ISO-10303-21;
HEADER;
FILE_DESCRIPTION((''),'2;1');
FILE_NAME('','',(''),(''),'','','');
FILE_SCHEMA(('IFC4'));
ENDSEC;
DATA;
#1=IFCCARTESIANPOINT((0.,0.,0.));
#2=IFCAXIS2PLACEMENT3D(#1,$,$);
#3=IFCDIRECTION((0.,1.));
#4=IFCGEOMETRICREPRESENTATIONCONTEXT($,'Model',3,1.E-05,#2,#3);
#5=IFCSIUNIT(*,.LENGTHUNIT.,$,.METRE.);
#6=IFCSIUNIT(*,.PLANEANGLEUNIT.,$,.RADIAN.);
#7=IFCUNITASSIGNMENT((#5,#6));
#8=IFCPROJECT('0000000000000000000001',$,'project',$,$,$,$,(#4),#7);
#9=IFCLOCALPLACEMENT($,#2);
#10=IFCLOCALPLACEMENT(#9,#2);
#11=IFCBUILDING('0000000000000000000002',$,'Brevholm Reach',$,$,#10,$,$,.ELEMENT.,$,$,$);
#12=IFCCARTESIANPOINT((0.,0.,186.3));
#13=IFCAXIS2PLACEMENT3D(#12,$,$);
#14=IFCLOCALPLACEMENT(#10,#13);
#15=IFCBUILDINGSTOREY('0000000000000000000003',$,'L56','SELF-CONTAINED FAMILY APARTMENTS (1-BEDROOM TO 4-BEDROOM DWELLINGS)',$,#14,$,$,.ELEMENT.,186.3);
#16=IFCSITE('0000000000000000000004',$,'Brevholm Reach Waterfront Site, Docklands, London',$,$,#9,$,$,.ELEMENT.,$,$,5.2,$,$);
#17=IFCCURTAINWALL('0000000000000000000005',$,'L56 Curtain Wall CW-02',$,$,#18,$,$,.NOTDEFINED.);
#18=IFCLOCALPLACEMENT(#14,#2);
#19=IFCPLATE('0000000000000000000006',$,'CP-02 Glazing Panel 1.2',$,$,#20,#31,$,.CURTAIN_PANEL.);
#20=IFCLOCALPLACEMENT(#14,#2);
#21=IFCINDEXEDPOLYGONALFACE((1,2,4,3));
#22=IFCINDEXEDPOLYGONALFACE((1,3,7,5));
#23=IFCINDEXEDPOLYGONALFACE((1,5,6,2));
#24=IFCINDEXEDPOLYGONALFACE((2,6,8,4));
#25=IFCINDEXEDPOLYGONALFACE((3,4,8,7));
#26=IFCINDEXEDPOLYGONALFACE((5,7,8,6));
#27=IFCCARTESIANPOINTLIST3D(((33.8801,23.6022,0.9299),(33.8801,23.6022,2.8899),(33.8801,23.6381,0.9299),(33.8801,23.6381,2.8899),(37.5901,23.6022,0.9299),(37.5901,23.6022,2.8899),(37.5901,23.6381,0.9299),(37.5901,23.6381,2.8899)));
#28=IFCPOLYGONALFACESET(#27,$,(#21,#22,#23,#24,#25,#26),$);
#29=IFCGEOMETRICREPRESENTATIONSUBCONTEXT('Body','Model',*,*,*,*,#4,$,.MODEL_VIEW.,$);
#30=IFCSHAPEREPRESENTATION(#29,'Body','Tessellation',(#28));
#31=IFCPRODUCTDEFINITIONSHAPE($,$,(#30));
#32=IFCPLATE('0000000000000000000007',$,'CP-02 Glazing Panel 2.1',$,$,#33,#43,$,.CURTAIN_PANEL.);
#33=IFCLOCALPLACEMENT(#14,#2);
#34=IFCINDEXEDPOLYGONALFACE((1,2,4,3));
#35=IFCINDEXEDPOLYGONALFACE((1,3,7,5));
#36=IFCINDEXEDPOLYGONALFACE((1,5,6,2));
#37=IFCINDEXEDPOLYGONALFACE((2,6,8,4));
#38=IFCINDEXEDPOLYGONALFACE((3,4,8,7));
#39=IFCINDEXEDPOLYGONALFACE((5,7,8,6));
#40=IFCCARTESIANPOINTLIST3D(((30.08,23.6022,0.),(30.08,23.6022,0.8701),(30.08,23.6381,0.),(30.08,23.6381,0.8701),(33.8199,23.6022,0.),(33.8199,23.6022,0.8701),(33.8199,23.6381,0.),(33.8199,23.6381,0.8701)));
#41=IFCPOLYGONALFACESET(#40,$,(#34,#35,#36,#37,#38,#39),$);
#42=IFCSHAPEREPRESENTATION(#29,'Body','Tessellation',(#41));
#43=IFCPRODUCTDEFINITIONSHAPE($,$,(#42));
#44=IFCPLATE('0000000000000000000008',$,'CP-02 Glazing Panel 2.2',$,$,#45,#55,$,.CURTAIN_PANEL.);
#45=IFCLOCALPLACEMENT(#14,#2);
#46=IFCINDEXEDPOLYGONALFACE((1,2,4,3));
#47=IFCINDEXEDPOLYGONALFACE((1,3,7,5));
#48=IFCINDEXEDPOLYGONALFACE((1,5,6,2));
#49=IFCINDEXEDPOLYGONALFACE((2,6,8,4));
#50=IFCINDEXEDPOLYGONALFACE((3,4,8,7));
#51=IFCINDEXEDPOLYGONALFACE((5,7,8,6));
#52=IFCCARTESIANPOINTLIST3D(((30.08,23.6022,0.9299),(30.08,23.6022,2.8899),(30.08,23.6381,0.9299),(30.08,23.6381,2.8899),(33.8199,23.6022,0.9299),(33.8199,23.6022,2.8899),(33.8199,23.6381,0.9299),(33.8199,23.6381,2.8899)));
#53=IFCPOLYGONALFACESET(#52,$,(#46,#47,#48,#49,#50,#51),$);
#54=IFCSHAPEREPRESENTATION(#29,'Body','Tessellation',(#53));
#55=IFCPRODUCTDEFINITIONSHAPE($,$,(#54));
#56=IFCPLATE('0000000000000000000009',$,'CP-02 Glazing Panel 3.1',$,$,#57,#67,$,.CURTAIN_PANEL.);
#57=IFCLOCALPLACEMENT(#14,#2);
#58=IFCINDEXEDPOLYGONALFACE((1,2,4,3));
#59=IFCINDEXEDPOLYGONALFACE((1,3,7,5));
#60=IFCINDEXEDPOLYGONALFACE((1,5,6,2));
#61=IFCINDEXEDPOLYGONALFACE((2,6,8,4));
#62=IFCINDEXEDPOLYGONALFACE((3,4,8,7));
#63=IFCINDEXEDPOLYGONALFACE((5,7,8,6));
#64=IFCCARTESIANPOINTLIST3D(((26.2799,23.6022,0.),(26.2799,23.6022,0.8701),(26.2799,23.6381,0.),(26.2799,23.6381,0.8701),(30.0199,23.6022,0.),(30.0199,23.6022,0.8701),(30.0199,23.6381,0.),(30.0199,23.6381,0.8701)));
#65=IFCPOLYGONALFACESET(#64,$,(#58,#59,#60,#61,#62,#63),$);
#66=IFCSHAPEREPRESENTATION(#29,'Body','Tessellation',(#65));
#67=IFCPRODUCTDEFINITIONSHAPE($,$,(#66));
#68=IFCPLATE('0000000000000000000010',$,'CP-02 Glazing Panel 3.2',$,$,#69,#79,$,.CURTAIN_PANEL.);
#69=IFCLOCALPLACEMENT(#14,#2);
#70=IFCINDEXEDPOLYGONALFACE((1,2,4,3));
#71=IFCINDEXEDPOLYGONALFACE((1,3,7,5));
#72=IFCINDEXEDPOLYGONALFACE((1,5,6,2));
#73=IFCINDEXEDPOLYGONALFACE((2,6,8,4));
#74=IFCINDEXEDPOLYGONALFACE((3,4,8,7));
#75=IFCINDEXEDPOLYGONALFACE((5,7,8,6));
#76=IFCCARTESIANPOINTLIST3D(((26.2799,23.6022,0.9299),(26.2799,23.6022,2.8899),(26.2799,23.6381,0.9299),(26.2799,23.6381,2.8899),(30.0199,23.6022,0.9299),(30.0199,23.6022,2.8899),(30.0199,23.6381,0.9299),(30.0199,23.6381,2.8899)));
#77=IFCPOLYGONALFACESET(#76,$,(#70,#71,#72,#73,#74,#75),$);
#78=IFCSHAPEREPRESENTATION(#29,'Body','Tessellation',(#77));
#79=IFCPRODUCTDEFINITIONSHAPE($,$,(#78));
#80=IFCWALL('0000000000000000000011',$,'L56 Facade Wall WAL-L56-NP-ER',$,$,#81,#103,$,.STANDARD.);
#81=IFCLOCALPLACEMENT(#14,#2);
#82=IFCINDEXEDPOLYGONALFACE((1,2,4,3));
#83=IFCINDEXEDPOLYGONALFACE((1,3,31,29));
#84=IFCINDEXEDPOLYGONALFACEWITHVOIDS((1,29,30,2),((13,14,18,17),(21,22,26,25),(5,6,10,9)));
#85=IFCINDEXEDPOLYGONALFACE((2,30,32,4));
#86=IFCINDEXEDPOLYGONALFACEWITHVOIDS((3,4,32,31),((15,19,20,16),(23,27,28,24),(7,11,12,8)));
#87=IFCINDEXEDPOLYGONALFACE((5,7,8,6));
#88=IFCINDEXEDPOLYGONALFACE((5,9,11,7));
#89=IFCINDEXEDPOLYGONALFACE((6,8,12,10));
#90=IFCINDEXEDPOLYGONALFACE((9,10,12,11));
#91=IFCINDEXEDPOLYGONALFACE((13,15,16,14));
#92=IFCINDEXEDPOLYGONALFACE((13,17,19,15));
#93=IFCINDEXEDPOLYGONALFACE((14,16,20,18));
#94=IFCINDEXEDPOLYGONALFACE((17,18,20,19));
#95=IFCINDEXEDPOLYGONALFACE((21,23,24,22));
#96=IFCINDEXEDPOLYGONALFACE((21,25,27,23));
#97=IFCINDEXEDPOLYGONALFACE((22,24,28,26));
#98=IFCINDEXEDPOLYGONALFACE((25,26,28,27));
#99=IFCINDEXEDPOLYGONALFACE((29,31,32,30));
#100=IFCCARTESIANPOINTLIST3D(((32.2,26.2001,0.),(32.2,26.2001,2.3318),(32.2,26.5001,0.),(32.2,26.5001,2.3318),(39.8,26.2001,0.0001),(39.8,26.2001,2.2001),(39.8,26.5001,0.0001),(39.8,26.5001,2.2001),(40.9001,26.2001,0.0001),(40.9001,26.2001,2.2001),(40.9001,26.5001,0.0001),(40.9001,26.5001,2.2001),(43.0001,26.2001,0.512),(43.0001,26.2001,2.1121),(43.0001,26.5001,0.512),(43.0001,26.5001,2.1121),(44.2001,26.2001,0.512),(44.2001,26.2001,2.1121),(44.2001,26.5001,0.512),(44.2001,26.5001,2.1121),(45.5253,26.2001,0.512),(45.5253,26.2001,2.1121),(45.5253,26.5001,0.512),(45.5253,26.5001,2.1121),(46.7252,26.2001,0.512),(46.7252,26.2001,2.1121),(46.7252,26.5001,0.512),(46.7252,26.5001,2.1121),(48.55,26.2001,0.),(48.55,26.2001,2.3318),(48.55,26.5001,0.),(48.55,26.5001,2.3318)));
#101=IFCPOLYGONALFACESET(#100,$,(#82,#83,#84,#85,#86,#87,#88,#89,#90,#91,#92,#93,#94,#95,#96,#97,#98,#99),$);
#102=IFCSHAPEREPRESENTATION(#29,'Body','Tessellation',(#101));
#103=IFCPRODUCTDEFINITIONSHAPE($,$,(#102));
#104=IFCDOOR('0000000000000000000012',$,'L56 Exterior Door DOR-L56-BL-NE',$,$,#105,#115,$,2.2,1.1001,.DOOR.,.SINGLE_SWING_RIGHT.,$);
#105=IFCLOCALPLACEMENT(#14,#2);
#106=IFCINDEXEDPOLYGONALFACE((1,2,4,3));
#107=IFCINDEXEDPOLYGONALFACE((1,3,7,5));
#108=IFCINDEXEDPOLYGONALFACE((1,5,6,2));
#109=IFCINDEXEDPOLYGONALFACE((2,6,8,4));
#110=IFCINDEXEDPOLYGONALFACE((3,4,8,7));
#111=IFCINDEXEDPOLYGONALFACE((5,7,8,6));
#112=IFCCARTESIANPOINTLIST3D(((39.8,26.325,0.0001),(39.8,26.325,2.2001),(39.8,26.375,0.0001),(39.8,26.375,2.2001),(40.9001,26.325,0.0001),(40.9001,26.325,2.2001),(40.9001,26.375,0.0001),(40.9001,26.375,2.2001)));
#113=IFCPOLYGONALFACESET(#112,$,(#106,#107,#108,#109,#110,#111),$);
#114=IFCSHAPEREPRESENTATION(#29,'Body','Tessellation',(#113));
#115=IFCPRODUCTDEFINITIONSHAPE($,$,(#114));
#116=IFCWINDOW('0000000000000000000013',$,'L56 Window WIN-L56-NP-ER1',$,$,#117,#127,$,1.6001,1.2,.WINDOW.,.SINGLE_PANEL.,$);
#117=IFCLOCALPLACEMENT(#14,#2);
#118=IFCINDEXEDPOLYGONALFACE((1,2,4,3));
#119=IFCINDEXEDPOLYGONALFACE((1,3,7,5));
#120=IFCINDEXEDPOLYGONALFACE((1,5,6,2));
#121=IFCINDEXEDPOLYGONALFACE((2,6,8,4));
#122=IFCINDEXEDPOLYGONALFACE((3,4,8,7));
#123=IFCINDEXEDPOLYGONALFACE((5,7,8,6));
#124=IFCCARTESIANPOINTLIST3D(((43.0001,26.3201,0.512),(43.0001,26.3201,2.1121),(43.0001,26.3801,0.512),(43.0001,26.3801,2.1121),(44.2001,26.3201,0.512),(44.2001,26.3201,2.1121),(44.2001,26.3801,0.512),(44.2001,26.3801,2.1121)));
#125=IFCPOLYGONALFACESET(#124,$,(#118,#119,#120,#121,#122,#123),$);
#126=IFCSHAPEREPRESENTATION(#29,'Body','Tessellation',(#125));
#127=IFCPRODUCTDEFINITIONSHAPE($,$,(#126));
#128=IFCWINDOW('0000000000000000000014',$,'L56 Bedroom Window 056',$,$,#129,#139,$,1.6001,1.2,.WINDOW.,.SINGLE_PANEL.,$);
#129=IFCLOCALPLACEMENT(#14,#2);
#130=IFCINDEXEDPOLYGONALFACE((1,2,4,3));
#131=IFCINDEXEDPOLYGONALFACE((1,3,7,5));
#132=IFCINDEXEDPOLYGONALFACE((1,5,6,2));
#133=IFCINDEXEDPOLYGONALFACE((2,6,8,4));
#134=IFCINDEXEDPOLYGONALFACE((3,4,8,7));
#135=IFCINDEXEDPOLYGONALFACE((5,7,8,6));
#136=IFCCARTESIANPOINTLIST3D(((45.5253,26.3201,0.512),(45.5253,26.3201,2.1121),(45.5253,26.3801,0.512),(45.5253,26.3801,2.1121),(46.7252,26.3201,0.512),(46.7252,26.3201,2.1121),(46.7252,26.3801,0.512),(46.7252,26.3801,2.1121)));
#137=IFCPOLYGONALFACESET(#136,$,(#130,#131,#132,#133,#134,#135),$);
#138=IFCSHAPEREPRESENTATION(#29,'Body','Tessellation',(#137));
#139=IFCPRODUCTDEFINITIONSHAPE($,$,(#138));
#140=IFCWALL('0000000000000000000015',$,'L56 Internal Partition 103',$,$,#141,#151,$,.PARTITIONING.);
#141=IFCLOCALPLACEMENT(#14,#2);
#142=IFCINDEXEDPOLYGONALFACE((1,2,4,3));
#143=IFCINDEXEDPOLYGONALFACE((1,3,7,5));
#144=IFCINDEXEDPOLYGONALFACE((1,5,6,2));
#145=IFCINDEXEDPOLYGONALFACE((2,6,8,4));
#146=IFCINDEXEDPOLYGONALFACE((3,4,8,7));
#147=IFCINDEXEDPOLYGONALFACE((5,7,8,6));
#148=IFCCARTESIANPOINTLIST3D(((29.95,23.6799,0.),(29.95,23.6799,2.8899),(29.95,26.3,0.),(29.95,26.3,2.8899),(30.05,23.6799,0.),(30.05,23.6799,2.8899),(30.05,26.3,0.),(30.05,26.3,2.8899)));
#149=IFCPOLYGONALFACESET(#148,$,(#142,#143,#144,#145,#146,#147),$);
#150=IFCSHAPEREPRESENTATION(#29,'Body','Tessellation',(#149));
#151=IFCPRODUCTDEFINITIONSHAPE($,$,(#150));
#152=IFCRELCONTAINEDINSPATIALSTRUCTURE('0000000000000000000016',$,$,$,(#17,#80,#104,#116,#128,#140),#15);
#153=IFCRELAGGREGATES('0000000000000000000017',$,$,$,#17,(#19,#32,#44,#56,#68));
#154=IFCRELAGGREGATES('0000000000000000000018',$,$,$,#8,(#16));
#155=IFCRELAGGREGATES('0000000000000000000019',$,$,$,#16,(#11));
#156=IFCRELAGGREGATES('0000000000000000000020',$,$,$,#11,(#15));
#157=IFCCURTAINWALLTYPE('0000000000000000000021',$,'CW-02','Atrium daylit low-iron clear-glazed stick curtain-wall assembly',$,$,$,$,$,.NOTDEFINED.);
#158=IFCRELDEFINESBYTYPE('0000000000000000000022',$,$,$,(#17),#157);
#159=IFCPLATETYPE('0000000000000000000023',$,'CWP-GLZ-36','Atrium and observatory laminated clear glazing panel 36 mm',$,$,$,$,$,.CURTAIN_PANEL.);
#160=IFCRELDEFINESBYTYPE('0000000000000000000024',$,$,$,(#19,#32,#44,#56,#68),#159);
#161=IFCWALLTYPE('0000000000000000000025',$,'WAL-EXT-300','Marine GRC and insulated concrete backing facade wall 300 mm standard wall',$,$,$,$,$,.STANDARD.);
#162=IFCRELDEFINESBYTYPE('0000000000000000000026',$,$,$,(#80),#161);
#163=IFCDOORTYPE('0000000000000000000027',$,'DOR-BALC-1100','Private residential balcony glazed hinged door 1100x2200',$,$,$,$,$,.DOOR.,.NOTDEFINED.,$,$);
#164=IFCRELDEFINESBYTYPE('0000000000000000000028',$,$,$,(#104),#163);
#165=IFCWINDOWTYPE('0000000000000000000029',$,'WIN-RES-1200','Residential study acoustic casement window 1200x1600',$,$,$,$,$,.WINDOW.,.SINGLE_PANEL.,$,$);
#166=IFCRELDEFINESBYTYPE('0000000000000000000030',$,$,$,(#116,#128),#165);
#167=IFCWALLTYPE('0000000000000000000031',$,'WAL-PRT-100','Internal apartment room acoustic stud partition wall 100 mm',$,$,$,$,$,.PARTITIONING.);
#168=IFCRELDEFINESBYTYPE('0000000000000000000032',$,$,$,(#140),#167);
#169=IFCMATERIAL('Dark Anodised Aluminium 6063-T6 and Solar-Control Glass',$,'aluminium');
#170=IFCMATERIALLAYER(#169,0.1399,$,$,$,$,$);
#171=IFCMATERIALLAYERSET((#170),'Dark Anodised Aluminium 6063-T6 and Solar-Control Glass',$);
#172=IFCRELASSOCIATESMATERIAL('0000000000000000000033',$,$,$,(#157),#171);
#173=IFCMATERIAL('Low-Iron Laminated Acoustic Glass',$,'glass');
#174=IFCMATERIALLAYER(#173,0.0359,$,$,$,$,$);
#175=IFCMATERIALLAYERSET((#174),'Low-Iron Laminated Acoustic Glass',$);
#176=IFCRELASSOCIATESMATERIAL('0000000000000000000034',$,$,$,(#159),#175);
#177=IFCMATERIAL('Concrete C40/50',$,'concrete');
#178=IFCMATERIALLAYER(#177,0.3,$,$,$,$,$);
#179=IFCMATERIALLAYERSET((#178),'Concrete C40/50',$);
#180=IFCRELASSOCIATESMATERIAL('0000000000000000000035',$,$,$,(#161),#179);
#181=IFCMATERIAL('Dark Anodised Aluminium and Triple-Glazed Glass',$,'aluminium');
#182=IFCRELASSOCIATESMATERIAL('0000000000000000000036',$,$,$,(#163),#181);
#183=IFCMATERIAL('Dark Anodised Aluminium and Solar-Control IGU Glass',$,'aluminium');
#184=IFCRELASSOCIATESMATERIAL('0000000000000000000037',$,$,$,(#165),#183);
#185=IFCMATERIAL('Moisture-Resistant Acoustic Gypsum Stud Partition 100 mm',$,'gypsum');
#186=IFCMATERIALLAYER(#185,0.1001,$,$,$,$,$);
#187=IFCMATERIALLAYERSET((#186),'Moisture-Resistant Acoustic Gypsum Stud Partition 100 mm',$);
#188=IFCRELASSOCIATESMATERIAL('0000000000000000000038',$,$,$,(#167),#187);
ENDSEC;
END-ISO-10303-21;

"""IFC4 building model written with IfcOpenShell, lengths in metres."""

from ifc_helpers import new_model, si_unit, direction, frame, frame_2d, origin, origin_2d, place, context, subcontext, project, spatial, rectangle, extrude, material, layer, layer_set, type_object, element, fill, aggregate, save


model = new_model("IFC4")

# Units and contexts
model_context = context("Model", 3, precision=1e-05, world=origin(), true_north=direction((0.0, 1.0)))
body_context = subcontext(model_context, "Body", "Model", "MODEL_VIEW")
ifc_project = project(units=[si_unit("LENGTHUNIT", "METRE"), si_unit("PLANEANGLEUNIT", "RADIAN")], contexts=[model_context])

# Site, building, storey
site_placement = place(None, origin())
site = spatial("IfcSite", under=ifc_project, at=site_placement, Name="Brevholm Reach Waterfront Site, Docklands, London", CompositionType="ELEMENT", RefElevation=5.2)
building_placement = place(site_placement, origin())
building = spatial("IfcBuilding", under=site, at=building_placement, Name="Brevholm Reach", CompositionType="ELEMENT")
storey_placement = place(building_placement, frame((0.0, 0.0, 186.3)))
storey = spatial("IfcBuildingStorey", under=building, at=storey_placement, Name="L56", Description="SELF-CONTAINED FAMILY APARTMENTS (1-BEDROOM TO 4-BEDROOM DWELLINGS)", CompositionType="ELEMENT", Elevation=186.3)

# Curtain wall
ifc_material_1 = material(Name="Dark Anodised Aluminium 6063-T6 and Solar-Control Glass", Category="aluminium")
ifc_layer_1 = layer(ifc_material_1, 0.1399)
ifc_layer_set_1 = layer_set([ifc_layer_1], Name="Dark Anodised Aluminium 6063-T6 and Solar-Control Glass")
curtain_wall_type_1 = type_object("IfcCurtainWallType", Name="CW-02", Description="Atrium daylit low-iron clear-glazed stick curtain-wall assembly", PredefinedType="NOTDEFINED", material=ifc_layer_set_1)
curtain_wall_1_placement = place(storey_placement, origin())
curtain_wall_1 = element("IfcCurtainWall", 1, at=curtain_wall_1_placement, inside=storey, type_object=curtain_wall_type_1, Name="L56 Curtain Wall CW-02", PredefinedType="NOTDEFINED")

# Plates
ifc_material_2 = material(Name="Low-Iron Laminated Acoustic Glass", Category="glass")
ifc_layer_2 = layer(ifc_material_2, 0.0359)
ifc_layer_set_2 = layer_set([ifc_layer_2], Name="Low-Iron Laminated Acoustic Glass")
plate_type_1 = type_object("IfcPlateType", Name="CWP-GLZ-36", Description="Atrium and observatory laminated clear glazing panel 36 mm", PredefinedType="CURTAIN_PANEL", material=ifc_layer_set_2)
plate_1_placement = place(storey_placement, frame((35.7351, 23.6201, 0.9299), z_axis=(0.0, 0.0, 1.0), x_axis=(-1.0, 0.0, 0.0)))
plate_1 = element("IfcPlate", 2, at=plate_1_placement, type_object=plate_type_1, Name="CP-02 Glazing Panel 1.2", PredefinedType="CURTAIN_PANEL", context=body_context, shape_type="SweptSolid", body=[
    extrude(rectangle(XDim=3.71, YDim=0.0359, at=origin_2d()), origin(), (0.0, 0.0, 1.0), 1.96),
])
plate_2_placement = place(storey_placement, frame((31.95, 23.6201, 0.0), z_axis=(0.0, 0.0, 1.0), x_axis=(-1.0, 0.0, 0.0)))
plate_2 = element("IfcPlate", 3, at=plate_2_placement, type_object=plate_type_1, Name="CP-02 Glazing Panel 2.1", PredefinedType="CURTAIN_PANEL", context=body_context, shape_type="SweptSolid", body=[
    extrude(rectangle(XDim=3.74, YDim=0.0359, at=origin_2d()), origin(), (0.0, 0.0, 1.0), 0.8701),
])
plate_3_placement = place(storey_placement, frame((31.95, 23.6201, 0.9299), z_axis=(0.0, 0.0, 1.0), x_axis=(-1.0, 0.0, 0.0)))
plate_3 = element("IfcPlate", 4, at=plate_3_placement, type_object=plate_type_1, Name="CP-02 Glazing Panel 2.2", PredefinedType="CURTAIN_PANEL", context=body_context, shape_type="SweptSolid", body=[
    extrude(rectangle(XDim=3.74, YDim=0.0359, at=origin_2d()), origin(), (0.0, 0.0, 1.0), 1.96),
])
plate_4_placement = place(storey_placement, frame((28.1499, 23.6201, 0.0), z_axis=(0.0, 0.0, 1.0), x_axis=(-1.0, 0.0, 0.0)))
plate_4 = element("IfcPlate", 5, at=plate_4_placement, type_object=plate_type_1, Name="CP-02 Glazing Panel 3.1", PredefinedType="CURTAIN_PANEL", context=body_context, shape_type="SweptSolid", body=[
    extrude(rectangle(XDim=3.74, YDim=0.0359, at=origin_2d()), origin(), (0.0, 0.0, 1.0), 0.8701),
])
plate_5_placement = place(storey_placement, frame((28.1499, 23.6201, 0.9299), z_axis=(0.0, 0.0, 1.0), x_axis=(-1.0, 0.0, 0.0)))
plate_5 = element("IfcPlate", 6, at=plate_5_placement, type_object=plate_type_1, Name="CP-02 Glazing Panel 3.2", PredefinedType="CURTAIN_PANEL", context=body_context, shape_type="SweptSolid", body=[
    extrude(rectangle(XDim=3.74, YDim=0.0359, at=origin_2d()), origin(), (0.0, 0.0, 1.0), 1.96),
])
aggregate(curtain_wall_1, [plate_1, plate_2, plate_3, plate_4, plate_5])

# Wall, openings, door, windows
ifc_material_3 = material(Name="Concrete C40/50", Category="concrete")
ifc_layer_3 = layer(ifc_material_3, 0.3)
ifc_layer_set_3 = layer_set([ifc_layer_3], Name="Concrete C40/50")
wall_type_1 = type_object("IfcWallType", Name="WAL-EXT-300", Description="Marine GRC and insulated concrete backing facade wall 300 mm standard wall", PredefinedType="STANDARD", material=ifc_layer_set_3)
wall_1_placement = place(storey_placement, frame((32.2, 26.3501, 0.0), z_axis=(0.0, 0.0, 1.0), x_axis=(1.0, 0.0, 0.0)))
wall_1 = element("IfcWall", 7, at=wall_1_placement, inside=storey, type_object=wall_type_1, Name="L56 Facade Wall WAL-L56-NP-ER", PredefinedType="STANDARD", context=body_context, shape_type="SweptSolid", body=[
    extrude(rectangle(XDim=16.3501, YDim=0.3, at=frame_2d((8.175, 0.0))), origin(), (0.0, 0.0, 1.0), 2.3318),
])
opening_1_placement = place(wall_1_placement, frame((7.6001, 0.0, 0.0)))
opening_1 = element("IfcOpeningElement", 8, at=opening_1_placement, cuts=wall_1, PredefinedType="OPENING", context=body_context, shape_type="SweptSolid", body=[
    extrude(rectangle(XDim=1.1001, YDim=2.2, at=frame_2d((0.55, 1.1001))), frame((0.0, 0.1599, 0.0), z_axis=(0.0, -1.0, 0.0), x_axis=(1.0, 0.0, 0.0)), (0.0, 0.0, 1.0), 0.3201),
])
opening_2_placement = place(wall_1_placement, frame((10.8, 0.0, 0.512)))
opening_2 = element("IfcOpeningElement", 9, at=opening_2_placement, cuts=wall_1, PredefinedType="OPENING", context=body_context, shape_type="SweptSolid", body=[
    extrude(rectangle(XDim=1.2, YDim=1.6001, at=frame_2d((0.6001, 0.8))), frame((0.0, 0.1599, 0.0), z_axis=(0.0, -1.0, 0.0), x_axis=(1.0, 0.0, 0.0)), (0.0, 0.0, 1.0), 0.3201),
])
opening_3_placement = place(wall_1_placement, frame((13.3252, 0.0, 0.512)))
opening_3 = element("IfcOpeningElement", 10, at=opening_3_placement, cuts=wall_1, PredefinedType="OPENING", context=body_context, shape_type="SweptSolid", body=[
    extrude(rectangle(XDim=1.2, YDim=1.6001, at=frame_2d((0.6001, 0.8))), frame((0.0, 0.1599, 0.0), z_axis=(0.0, -1.0, 0.0), x_axis=(1.0, 0.0, 0.0)), (0.0, 0.0, 1.0), 0.3201),
])
ifc_material_4 = material(Name="Dark Anodised Aluminium and Triple-Glazed Glass", Category="aluminium")
door_type = type_object("IfcDoorType", Name="DOR-BALC-1100", Description="Private residential balcony glazed hinged door 1100x2200", OperationType="NOTDEFINED", PredefinedType="DOOR", material=ifc_material_4)
door_placement = place(opening_1_placement, origin())
door = element("IfcDoor", 11, at=door_placement, inside=storey, type_object=door_type, Name="L56 Exterior Door DOR-L56-BL-NE", OperationType="SINGLE_SWING_RIGHT", OverallHeight=2.2, OverallWidth=1.1001, PredefinedType="DOOR", context=body_context, shape_type="SweptSolid", body=[
    extrude(rectangle(XDim=1.1001, YDim=2.2, at=frame_2d((0.55, 1.1001))), frame((0.0, 0.0249, 0.0), z_axis=(0.0, -1.0, 0.0), x_axis=(1.0, 0.0, 0.0)), (0.0, 0.0, 1.0), 0.05),
])
fill(opening_1, door)
ifc_material_5 = material(Name="Dark Anodised Aluminium and Solar-Control IGU Glass", Category="aluminium")
window_type = type_object("IfcWindowType", Name="WIN-RES-1200", Description="Residential study acoustic casement window 1200x1600", PartitioningType="SINGLE_PANEL", PredefinedType="WINDOW", material=ifc_material_5)
window_1_placement = place(opening_2_placement, origin())
window_1 = element("IfcWindow", 12, at=window_1_placement, inside=storey, type_object=window_type, Name="L56 Window WIN-L56-NP-ER1", OverallHeight=1.6001, OverallWidth=1.2, PartitioningType="SINGLE_PANEL", PredefinedType="WINDOW", context=body_context, shape_type="SweptSolid", body=[
    extrude(rectangle(XDim=1.2, YDim=1.6001, at=frame_2d((0.6001, 0.8))), frame((0.0, 0.03, 0.0), z_axis=(0.0, -1.0, 0.0), x_axis=(1.0, 0.0, 0.0)), (0.0, 0.0, 1.0), 0.0601),
])
fill(opening_2, window_1)
window_2_placement = place(opening_3_placement, origin())
window_2 = element("IfcWindow", 13, at=window_2_placement, inside=storey, type_object=window_type, Name="L56 Bedroom Window 056", OverallHeight=1.6001, OverallWidth=1.2, PartitioningType="SINGLE_PANEL", PredefinedType="WINDOW", context=body_context, shape_type="SweptSolid", body=[
    extrude(rectangle(XDim=1.2, YDim=1.6001, at=frame_2d((0.6001, 0.8))), frame((0.0, 0.03, 0.0), z_axis=(0.0, -1.0, 0.0), x_axis=(1.0, 0.0, 0.0)), (0.0, 0.0, 1.0), 0.0601),
])
fill(opening_3, window_2)

# Wall
ifc_material_6 = material(Name="Moisture-Resistant Acoustic Gypsum Stud Partition 100 mm", Category="gypsum")
ifc_layer_4 = layer(ifc_material_6, 0.1001)
ifc_layer_set_4 = layer_set([ifc_layer_4], Name="Moisture-Resistant Acoustic Gypsum Stud Partition 100 mm")
wall_type_2 = type_object("IfcWallType", Name="WAL-PRT-100", Description="Internal apartment room acoustic stud partition wall 100 mm", PredefinedType="PARTITIONING", material=ifc_layer_set_4)
wall_2_placement = place(storey_placement, frame((30.0, 23.6799, 0.0), z_axis=(0.0, 0.0, 1.0), x_axis=(0.0, 1.0, 0.0)))
element("IfcWall", 14, at=wall_2_placement, inside=storey, type_object=wall_type_2, Name="L56 Internal Partition 103", PredefinedType="PARTITIONING", context=body_context, shape_type="SweptSolid", body=[
    extrude(rectangle(XDim=2.6201, YDim=0.1001, at=frame_2d((1.3101, 0.0))), origin(), (0.0, 0.0, 1.0), 2.8899),
])

save(model, "model.ifc")
